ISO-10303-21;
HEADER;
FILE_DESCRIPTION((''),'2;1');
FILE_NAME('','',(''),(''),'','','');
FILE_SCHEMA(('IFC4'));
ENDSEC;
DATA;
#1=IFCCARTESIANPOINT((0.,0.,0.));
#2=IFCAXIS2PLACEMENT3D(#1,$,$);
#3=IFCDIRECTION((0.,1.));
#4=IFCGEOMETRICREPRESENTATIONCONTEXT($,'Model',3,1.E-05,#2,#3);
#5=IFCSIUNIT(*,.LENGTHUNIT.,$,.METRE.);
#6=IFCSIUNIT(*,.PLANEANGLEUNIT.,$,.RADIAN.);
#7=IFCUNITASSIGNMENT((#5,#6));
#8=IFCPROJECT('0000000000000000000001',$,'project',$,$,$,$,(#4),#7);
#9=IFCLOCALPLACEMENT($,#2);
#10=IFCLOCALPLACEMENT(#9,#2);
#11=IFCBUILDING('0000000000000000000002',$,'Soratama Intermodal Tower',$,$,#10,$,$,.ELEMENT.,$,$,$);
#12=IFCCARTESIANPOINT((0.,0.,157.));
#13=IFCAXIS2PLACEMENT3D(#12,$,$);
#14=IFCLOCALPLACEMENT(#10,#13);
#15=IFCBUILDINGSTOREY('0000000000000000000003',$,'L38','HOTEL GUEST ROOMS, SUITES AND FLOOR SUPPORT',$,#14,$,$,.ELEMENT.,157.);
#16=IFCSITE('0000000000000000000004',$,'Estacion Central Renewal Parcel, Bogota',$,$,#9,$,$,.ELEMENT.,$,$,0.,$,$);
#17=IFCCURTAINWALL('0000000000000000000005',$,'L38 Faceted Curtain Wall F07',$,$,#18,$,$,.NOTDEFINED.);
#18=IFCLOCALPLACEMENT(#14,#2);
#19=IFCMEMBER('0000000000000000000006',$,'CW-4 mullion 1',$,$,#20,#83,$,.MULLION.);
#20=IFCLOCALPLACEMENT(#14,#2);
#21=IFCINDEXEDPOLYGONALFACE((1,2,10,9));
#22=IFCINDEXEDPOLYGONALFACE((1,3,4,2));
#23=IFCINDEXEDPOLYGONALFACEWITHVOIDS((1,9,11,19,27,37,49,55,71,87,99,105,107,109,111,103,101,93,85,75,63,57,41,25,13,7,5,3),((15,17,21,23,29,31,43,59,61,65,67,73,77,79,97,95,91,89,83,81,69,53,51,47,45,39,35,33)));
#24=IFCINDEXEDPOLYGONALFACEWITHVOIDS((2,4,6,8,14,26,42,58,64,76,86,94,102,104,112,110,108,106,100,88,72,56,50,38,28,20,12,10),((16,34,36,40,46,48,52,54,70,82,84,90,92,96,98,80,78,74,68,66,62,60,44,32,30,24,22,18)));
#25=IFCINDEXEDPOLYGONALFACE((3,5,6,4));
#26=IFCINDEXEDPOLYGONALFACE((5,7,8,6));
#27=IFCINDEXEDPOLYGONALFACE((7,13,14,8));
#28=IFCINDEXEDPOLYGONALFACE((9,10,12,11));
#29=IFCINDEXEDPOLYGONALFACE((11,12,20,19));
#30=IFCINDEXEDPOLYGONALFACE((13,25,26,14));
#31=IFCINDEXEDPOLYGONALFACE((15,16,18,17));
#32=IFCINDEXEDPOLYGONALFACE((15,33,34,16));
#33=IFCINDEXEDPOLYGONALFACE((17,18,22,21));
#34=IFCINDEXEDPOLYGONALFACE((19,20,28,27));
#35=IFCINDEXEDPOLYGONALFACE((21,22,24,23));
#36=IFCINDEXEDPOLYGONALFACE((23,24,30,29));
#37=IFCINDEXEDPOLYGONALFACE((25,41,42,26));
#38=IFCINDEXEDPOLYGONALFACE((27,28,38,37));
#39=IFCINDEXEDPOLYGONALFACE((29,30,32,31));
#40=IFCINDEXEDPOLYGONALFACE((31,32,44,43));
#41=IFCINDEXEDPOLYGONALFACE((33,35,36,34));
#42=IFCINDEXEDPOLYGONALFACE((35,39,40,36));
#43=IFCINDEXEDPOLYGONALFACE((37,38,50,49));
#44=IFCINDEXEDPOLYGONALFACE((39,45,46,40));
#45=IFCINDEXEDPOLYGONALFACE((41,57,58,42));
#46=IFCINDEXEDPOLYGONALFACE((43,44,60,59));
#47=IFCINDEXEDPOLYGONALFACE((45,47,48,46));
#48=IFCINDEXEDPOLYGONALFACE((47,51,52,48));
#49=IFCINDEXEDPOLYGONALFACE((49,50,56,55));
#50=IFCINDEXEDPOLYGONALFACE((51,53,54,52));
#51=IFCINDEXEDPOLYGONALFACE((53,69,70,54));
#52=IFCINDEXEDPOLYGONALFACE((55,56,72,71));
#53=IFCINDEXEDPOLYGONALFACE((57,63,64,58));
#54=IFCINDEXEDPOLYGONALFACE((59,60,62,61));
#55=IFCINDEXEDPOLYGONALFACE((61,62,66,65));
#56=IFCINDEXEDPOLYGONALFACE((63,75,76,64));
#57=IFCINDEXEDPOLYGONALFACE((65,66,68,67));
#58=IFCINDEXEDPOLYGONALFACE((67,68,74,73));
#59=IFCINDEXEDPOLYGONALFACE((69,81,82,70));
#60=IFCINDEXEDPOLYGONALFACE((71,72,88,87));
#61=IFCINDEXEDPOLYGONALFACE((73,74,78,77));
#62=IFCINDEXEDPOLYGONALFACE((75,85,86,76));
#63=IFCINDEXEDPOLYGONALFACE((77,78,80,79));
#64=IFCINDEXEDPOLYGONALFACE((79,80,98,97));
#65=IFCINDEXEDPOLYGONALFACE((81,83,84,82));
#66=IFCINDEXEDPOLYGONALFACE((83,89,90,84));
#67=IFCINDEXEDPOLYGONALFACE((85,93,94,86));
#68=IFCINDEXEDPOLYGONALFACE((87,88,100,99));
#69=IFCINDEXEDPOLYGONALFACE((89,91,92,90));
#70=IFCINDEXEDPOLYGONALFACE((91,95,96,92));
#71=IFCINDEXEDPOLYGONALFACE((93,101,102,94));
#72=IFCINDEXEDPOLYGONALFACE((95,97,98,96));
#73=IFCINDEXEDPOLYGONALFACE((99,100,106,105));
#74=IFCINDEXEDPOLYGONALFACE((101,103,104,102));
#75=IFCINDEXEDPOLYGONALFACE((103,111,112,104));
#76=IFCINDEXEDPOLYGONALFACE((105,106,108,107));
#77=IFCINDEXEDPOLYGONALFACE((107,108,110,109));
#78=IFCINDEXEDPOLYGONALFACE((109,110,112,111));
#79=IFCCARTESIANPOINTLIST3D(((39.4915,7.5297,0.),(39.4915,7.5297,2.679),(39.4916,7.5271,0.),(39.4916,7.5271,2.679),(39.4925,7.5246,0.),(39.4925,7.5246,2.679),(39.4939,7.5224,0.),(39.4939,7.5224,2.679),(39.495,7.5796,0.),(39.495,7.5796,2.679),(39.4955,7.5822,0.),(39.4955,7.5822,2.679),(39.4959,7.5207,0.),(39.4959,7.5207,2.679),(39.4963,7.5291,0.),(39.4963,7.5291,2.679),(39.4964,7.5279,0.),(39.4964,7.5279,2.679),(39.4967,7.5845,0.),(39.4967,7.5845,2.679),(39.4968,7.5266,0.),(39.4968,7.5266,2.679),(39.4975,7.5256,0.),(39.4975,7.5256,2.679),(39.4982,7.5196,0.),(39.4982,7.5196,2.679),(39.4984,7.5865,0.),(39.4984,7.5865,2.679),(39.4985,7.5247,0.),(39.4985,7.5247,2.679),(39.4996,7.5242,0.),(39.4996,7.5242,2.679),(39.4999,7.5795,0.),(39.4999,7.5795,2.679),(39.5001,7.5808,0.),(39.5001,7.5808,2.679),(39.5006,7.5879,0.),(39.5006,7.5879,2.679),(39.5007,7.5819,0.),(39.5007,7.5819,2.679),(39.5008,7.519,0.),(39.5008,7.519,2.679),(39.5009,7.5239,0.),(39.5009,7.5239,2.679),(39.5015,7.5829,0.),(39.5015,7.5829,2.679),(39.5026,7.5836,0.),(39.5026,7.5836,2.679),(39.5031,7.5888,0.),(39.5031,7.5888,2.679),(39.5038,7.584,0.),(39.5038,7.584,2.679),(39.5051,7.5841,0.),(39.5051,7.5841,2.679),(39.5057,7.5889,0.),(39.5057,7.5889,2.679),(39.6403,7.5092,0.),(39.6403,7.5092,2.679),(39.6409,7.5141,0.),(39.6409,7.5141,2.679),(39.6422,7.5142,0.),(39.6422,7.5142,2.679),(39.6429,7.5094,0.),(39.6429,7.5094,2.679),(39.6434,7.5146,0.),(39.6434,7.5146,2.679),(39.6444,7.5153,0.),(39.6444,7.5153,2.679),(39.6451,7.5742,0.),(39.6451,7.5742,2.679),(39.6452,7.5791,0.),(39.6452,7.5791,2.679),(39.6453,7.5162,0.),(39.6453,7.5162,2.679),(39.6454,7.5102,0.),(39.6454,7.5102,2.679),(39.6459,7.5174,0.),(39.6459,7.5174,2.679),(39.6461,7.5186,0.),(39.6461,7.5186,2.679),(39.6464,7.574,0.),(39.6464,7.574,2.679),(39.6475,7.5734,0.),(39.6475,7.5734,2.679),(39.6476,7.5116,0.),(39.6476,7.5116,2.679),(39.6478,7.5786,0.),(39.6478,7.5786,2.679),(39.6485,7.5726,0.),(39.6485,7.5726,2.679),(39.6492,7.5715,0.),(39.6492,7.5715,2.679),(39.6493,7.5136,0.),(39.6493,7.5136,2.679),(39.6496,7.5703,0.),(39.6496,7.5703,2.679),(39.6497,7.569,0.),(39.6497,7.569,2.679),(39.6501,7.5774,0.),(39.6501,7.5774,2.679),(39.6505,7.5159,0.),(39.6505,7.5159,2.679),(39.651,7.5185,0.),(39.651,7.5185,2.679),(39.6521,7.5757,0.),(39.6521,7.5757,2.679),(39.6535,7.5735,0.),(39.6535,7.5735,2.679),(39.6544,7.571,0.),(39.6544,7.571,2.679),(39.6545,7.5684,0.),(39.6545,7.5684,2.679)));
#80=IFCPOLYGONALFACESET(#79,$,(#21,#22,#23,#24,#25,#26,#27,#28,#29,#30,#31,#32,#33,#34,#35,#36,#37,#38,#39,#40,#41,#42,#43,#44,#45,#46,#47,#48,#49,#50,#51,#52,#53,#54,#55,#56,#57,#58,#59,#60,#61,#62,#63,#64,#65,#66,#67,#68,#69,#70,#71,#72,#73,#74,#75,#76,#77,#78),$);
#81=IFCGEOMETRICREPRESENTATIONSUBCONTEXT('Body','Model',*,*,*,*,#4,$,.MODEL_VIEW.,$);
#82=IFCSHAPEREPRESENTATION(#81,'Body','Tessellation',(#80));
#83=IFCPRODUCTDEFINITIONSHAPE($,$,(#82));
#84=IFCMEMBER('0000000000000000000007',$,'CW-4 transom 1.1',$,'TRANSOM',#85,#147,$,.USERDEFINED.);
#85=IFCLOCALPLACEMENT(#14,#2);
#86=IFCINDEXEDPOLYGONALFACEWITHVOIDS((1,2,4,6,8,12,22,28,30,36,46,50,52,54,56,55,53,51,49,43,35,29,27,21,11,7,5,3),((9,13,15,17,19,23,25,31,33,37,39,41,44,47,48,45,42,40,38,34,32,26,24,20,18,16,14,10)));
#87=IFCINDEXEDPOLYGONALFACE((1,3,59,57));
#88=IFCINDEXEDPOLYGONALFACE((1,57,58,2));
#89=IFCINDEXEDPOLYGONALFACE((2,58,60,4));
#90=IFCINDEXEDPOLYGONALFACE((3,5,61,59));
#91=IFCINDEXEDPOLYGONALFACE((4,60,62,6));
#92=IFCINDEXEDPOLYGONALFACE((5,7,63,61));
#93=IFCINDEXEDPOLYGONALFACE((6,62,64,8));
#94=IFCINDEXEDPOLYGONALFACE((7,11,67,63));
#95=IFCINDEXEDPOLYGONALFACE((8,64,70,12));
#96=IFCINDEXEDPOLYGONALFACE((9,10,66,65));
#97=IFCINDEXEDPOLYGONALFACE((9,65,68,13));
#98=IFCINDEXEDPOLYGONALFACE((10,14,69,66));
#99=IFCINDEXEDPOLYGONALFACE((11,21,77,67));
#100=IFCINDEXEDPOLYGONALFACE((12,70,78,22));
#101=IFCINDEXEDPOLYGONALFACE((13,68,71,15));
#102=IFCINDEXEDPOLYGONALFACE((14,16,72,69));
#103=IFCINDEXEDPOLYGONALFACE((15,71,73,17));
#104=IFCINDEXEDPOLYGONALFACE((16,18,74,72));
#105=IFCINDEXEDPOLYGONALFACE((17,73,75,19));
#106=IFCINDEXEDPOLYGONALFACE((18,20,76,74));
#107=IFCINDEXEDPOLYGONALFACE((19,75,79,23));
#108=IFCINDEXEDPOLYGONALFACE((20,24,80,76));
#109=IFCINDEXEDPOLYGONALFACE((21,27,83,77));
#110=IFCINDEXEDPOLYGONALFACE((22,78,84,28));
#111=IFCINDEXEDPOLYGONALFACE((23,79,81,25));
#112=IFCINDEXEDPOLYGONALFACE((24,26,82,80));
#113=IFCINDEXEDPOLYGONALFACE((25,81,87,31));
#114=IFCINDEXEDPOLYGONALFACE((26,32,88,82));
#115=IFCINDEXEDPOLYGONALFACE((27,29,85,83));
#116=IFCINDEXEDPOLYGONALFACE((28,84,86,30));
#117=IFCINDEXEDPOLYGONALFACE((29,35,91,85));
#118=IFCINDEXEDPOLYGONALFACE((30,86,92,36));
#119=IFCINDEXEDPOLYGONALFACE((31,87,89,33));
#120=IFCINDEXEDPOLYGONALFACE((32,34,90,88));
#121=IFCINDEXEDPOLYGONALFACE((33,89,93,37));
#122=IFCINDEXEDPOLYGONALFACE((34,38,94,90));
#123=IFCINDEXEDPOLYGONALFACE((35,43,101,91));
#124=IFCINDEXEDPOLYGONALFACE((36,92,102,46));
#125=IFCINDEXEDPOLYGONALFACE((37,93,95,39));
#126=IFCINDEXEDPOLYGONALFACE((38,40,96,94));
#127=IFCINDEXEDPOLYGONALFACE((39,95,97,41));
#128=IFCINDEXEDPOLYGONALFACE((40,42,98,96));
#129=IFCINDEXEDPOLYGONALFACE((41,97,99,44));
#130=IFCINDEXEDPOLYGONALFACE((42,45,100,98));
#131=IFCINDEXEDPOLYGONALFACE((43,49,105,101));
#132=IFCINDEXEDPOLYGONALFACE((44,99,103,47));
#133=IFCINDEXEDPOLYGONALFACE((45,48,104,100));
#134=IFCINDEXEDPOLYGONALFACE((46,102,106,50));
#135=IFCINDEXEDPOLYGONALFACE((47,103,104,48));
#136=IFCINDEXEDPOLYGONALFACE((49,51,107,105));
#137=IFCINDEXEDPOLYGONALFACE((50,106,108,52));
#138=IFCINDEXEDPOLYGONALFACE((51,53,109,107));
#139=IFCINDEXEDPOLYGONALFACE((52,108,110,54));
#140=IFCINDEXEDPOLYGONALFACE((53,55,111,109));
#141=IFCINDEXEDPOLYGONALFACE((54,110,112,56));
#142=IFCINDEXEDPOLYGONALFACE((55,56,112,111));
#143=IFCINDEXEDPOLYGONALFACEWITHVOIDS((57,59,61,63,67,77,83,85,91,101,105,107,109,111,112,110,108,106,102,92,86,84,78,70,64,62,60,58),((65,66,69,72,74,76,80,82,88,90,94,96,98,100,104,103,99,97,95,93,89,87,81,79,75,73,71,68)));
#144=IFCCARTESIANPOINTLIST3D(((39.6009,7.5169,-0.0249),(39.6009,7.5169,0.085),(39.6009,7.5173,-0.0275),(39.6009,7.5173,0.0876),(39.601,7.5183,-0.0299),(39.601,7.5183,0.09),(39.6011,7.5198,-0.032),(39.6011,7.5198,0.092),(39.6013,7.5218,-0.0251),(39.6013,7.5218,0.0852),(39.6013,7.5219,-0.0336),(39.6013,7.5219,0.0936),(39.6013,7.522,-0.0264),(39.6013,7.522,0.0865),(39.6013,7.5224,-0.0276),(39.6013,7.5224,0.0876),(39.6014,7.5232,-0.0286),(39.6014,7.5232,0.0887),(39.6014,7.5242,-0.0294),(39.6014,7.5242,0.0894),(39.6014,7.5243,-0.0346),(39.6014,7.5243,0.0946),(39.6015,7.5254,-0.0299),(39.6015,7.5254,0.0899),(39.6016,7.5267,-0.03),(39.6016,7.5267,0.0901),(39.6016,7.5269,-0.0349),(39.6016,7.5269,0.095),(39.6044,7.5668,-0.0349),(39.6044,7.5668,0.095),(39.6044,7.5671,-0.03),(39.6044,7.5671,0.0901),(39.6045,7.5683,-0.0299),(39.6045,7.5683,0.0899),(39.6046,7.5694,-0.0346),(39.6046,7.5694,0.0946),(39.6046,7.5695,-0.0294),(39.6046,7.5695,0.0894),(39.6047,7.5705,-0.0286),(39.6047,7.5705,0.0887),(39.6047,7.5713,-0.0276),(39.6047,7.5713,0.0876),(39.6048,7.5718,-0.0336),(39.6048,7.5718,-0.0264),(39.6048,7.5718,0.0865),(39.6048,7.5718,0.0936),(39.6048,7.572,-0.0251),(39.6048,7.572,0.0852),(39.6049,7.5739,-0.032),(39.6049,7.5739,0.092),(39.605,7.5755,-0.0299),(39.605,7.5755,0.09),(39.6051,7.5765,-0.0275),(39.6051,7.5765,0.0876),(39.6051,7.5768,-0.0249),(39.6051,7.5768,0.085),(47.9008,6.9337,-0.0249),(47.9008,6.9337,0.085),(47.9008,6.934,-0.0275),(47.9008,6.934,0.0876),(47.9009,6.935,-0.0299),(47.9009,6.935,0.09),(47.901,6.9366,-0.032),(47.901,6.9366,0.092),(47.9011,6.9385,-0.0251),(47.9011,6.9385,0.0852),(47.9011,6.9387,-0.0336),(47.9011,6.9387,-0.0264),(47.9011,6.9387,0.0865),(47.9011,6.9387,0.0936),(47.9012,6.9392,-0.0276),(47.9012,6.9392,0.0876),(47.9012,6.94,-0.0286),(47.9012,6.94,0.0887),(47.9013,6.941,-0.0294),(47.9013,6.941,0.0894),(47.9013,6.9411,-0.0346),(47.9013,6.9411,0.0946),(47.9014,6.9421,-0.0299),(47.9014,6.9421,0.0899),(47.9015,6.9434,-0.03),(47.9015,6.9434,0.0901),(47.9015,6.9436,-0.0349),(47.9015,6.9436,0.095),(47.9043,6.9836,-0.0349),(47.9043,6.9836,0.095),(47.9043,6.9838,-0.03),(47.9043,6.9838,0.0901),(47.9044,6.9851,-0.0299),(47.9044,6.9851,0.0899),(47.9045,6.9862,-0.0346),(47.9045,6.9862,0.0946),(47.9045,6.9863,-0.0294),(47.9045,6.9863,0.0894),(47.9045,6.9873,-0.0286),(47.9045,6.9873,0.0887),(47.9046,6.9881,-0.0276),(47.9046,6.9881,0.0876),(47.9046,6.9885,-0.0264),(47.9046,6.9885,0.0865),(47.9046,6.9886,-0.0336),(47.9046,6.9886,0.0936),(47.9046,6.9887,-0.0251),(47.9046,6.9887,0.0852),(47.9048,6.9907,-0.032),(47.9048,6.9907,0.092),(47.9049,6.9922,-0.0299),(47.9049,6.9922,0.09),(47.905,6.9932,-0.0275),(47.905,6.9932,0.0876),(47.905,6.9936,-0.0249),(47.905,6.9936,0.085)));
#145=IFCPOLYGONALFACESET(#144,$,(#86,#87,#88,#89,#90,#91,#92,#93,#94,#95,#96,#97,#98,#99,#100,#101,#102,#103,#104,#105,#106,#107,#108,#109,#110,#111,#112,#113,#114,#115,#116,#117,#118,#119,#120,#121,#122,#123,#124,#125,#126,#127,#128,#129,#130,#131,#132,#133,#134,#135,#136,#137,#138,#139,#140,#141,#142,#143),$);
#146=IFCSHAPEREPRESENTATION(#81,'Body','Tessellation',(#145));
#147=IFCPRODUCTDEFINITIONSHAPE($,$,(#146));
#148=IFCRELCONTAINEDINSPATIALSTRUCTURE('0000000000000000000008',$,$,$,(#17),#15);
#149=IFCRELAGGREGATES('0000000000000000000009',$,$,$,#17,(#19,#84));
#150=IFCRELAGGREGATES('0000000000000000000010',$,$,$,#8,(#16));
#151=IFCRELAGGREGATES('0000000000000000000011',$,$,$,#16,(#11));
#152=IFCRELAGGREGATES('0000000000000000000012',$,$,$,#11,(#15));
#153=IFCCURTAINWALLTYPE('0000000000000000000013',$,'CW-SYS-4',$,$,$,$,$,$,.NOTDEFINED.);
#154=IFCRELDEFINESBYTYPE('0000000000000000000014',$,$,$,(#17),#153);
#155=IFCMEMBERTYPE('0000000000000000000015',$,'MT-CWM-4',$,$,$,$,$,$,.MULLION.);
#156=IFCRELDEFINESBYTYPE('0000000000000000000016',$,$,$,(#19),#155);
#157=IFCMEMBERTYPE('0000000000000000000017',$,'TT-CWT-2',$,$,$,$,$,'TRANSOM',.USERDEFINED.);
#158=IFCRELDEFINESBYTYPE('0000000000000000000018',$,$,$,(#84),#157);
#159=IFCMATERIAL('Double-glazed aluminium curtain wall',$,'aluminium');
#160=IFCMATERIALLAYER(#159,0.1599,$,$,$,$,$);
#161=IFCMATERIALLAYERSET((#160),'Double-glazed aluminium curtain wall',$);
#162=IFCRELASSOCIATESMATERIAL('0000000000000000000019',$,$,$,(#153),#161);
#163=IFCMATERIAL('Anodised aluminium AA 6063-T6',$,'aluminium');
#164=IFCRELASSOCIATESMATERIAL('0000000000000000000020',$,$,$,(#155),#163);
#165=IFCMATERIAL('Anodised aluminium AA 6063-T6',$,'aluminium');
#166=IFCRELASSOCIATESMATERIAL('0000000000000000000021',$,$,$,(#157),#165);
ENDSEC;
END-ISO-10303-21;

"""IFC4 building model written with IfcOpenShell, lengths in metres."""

from ifc_helpers import new_model, si_unit, direction, frame, origin, origin_2d, place, context, subcontext, project, spatial, hollow_rectangle, extrude, material, layer, layer_set, material_profile, profile_set, type_object, element, aggregate, save


model = new_model("IFC4")

# Units and contexts
model_context = context("Model", 3, precision=1e-05, world=origin(), true_north=direction((0.0, 1.0)))
body_context = subcontext(model_context, "Body", "Model", "MODEL_VIEW")
ifc_project = project(units=[si_unit("LENGTHUNIT", "METRE"), si_unit("PLANEANGLEUNIT", "RADIAN")], contexts=[model_context])

# Site, building, storey
site_placement = place(None, origin())
site = spatial("IfcSite", under=ifc_project, at=site_placement, Name="Estacion Central Renewal Parcel, Bogota", CompositionType="ELEMENT", RefElevation=0.0)
building_placement = place(site_placement, origin())
building = spatial("IfcBuilding", under=site, at=building_placement, Name="Soratama Intermodal Tower", CompositionType="ELEMENT")
storey_placement = place(building_placement, frame((0.0, 0.0, 157.0)))
storey = spatial("IfcBuildingStorey", under=building, at=storey_placement, Name="L38", Description="HOTEL GUEST ROOMS, SUITES AND FLOOR SUPPORT", CompositionType="ELEMENT", Elevation=157.0)

# Shared definitions
ifc_material_1 = material(Name="Double-glazed aluminium curtain wall", Category="aluminium")
ifc_layer_1 = layer(ifc_material_1, 0.1599)
ifc_layer_set_1 = layer_set([ifc_layer_1], Name="Double-glazed aluminium curtain wall")
curtain_wall_type = type_object("IfcCurtainWallType", Name="CW-SYS-4", PredefinedType="NOTDEFINED", material=ifc_layer_set_1)
ifc_material_2 = material(Name="Anodised aluminium AA 6063-T6", Category="aluminium")
ifc_material_profile_1 = material_profile(ifc_material_2, hollow_rectangle(XDim=0.0701, YDim=0.1599, WallThickness=0.0049, InnerFilletRadius=0.0049, OuterFilletRadius=0.01, at=origin_2d()), Name="CWM160X70X5")
ifc_profile_set_1 = profile_set([ifc_material_profile_1], Name="Anodised aluminium AA 6063-T6")
member_type_1 = type_object("IfcMemberType", Name="MT-CWM-4", PredefinedType="MULLION", material=ifc_profile_set_1)

# Curtain wall, members
curtain_wall_1_placement = place(storey_placement, origin())
curtain_wall_1 = element("IfcCurtainWall", 1, at=curtain_wall_1_placement, inside=storey, type_object=curtain_wall_type, Name="L38 Faceted Curtain Wall F07", PredefinedType="NOTDEFINED")
member_1_placement = place(storey_placement, frame((39.573, 7.5491, 0.0), z_axis=(0.0, 0.0, 1.0), x_axis=(0.070115, 0.997539, 0.0)))
member_1 = element("IfcMember", 2, at=member_1_placement, type_object=member_type_1, Name="CW-4 mullion 1", PredefinedType="MULLION", context=body_context, shape_type="SweptSolid", body=[
    extrude(hollow_rectangle(XDim=0.0701, YDim=0.1599, WallThickness=0.0049, InnerFilletRadius=0.0049, OuterFilletRadius=0.01, at=origin_2d()), origin(), (0.0, 0.0, 1.0), 2.679),
])
ifc_material_3 = material(Name="Anodised aluminium AA 6063-T6", Category="aluminium")
ifc_material_profile_2 = material_profile(ifc_material_3, hollow_rectangle(XDim=0.0601, YDim=0.1299, WallThickness=0.0049, InnerFilletRadius=0.0049, OuterFilletRadius=0.01, at=origin_2d()), Name="CWT130X60X5")
ifc_profile_set_2 = profile_set([ifc_material_profile_2], Name="Anodised aluminium AA 6063-T6")
member_type_2 = type_object("IfcMemberType", Name="TT-CWT-2", ElementType="TRANSOM", PredefinedType="USERDEFINED", material=ifc_profile_set_2)
member_2_placement = place(storey_placement, frame((39.603, 7.5469, 0.03), z_axis=(0.99754, -0.0701, 0.0), x_axis=(0.0701, 0.99754, 0.0)))
member_2 = element("IfcMember", 3, at=member_2_placement, type_object=member_type_2, Name="CW-4 transom 1.1", ObjectType="TRANSOM", PredefinedType="USERDEFINED", context=body_context, shape_type="SweptSolid", body=[
    extrude(hollow_rectangle(XDim=0.0601, YDim=0.1299, WallThickness=0.0049, InnerFilletRadius=0.0049, OuterFilletRadius=0.01, at=origin_2d()), origin(), (0.0, 0.0, 1.0), 8.3203),
])
aggregate(curtain_wall_1, [member_1, member_2])

save(model, "model.ifc")
